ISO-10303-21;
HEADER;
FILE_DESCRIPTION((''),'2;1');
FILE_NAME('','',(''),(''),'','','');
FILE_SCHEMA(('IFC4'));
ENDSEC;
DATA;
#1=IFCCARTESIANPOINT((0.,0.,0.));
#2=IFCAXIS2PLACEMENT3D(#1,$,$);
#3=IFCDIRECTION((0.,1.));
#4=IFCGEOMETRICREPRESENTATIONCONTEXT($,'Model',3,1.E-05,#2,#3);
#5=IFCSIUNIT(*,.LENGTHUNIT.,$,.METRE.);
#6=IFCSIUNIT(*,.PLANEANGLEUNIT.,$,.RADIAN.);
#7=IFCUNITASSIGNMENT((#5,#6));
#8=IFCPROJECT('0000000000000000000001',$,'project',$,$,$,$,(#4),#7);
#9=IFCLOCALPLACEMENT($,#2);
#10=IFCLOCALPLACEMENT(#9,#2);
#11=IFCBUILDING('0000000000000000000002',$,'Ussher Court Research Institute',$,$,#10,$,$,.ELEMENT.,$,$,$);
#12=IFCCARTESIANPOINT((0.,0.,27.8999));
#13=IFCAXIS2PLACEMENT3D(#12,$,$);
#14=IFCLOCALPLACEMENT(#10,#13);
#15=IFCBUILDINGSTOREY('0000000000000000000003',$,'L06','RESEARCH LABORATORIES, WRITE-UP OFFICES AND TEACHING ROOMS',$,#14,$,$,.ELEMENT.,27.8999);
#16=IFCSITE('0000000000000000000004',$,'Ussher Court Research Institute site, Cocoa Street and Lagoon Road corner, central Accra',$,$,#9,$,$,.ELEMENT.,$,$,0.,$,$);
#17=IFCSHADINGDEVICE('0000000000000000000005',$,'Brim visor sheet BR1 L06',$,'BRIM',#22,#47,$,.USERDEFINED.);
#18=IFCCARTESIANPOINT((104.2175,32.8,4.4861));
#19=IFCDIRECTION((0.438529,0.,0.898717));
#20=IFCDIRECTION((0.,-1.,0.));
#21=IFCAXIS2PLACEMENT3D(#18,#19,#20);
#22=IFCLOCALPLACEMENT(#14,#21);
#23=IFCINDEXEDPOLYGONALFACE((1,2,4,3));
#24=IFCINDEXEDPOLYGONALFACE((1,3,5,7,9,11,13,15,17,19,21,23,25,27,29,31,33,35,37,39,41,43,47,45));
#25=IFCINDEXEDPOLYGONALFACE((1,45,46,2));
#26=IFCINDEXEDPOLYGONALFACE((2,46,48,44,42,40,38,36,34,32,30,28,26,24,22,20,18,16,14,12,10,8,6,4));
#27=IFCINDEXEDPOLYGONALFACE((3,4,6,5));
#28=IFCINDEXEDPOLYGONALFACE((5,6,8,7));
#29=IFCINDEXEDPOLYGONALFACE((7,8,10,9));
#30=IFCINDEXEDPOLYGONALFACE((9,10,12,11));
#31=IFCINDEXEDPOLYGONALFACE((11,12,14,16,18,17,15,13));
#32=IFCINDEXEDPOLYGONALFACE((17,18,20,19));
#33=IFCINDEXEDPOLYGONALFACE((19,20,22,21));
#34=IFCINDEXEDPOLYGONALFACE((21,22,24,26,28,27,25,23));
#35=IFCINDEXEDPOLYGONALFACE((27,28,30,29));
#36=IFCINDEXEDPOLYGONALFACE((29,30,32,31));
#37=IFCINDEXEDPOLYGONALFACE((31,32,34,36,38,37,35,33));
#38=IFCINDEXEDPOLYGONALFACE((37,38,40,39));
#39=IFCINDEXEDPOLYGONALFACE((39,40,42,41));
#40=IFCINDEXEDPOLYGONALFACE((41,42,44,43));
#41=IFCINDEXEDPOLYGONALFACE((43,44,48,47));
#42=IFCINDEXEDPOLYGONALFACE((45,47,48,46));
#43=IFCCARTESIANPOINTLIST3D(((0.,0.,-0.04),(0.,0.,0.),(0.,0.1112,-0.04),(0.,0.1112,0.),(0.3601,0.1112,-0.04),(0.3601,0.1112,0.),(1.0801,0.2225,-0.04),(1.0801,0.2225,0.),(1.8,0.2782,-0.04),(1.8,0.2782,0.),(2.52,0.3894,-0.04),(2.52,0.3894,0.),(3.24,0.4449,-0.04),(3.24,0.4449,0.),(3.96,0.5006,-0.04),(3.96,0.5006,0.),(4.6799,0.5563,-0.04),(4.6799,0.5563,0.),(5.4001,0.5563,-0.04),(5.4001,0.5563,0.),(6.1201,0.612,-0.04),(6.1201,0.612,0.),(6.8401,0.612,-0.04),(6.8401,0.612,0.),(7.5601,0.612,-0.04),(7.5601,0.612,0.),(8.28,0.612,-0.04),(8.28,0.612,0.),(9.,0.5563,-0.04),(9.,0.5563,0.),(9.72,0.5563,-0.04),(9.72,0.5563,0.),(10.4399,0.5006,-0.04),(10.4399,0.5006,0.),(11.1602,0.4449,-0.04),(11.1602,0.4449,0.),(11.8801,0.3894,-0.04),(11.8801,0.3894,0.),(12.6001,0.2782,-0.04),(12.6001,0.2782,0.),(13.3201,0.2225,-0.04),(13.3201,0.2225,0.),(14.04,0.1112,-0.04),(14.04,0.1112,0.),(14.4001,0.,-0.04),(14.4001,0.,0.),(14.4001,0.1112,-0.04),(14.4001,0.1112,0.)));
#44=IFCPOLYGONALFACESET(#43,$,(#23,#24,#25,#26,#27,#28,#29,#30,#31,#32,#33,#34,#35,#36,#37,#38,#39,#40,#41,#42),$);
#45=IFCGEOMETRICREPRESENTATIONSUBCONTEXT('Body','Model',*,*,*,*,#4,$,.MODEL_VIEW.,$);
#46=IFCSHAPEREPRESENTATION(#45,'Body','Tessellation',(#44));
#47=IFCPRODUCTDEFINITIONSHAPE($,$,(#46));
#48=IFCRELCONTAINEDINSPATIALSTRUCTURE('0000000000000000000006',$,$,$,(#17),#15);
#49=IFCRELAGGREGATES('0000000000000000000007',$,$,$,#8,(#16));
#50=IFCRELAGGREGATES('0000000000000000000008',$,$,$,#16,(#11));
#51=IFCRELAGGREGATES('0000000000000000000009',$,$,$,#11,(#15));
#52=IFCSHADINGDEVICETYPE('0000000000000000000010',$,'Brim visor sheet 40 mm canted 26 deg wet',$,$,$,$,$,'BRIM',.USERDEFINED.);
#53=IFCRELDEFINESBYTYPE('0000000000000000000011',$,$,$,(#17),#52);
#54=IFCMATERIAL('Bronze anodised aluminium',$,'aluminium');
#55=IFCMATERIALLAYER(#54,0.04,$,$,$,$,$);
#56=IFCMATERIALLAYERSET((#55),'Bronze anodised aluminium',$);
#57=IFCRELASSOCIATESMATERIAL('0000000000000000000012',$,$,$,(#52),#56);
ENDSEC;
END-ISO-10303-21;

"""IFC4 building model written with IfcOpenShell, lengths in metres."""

from ifc_helpers import new_model, si_unit, direction, frame, origin, place, context, subcontext, project, spatial, polyline, outline, extrude, material, layer, layer_set, type_object, element, save


model = new_model("IFC4")

# Units and contexts
model_context = context("Model", 3, precision=1e-05, world=origin(), true_north=direction((0.0, 1.0)))
body_context = subcontext(model_context, "Body", "Model", "MODEL_VIEW")
ifc_project = project(units=[si_unit("LENGTHUNIT", "METRE"), si_unit("PLANEANGLEUNIT", "RADIAN")], contexts=[model_context])

# Site, building, storey
site_placement = place(None, origin())
site = spatial("IfcSite", under=ifc_project, at=site_placement, Name="Ussher Court Research Institute site, Cocoa Street and Lagoon Road corner, central Accra", CompositionType="ELEMENT", RefElevation=0.0)
building_placement = place(site_placement, origin())
building = spatial("IfcBuilding", under=site, at=building_placement, Name="Ussher Court Research Institute", CompositionType="ELEMENT")
storey_placement = place(building_placement, frame((0.0, 0.0, 27.8999)))
storey = spatial("IfcBuildingStorey", under=building, at=storey_placement, Name="L06", Description="RESEARCH LABORATORIES, WRITE-UP OFFICES AND TEACHING ROOMS", CompositionType="ELEMENT", Elevation=27.8999)

# Shading device
ifc_material_1 = material(Name="Bronze anodised aluminium", Category="aluminium")
ifc_layer_1 = layer(ifc_material_1, 0.04)
ifc_layer_set_1 = layer_set([ifc_layer_1], Name="Bronze anodised aluminium")
shading_device_type_1 = type_object("IfcShadingDeviceType", Name="Brim visor sheet 40 mm canted 26 deg wet", ElementType="BRIM", PredefinedType="USERDEFINED", material=ifc_layer_set_1)
shading_device_1_placement = place(storey_placement, frame((104.2175, 32.8, 4.4861), z_axis=(0.438529, 0.0, 0.898717), x_axis=(0.0, -1.0, 0.0)))
element("IfcShadingDevice", 1, at=shading_device_1_placement, inside=storey, type_object=shading_device_type_1, Name="Brim visor sheet BR1 L06", ObjectType="BRIM", PredefinedType="USERDEFINED", context=body_context, shape_type="SweptSolid", body=[
    extrude(outline(polyline([(0.0, 0.0), (14.4001, 0.0), (14.4001, 0.1112), (14.04, 0.1112), (13.3201, 0.2225), (12.6001, 0.2782), (11.8801, 0.3894), (11.1602, 0.4449), (10.4399, 0.5006), (9.72, 0.5563), (9.0, 0.5563), (8.28, 0.612), (7.5601, 0.612), (6.8401, 0.612), (6.1201, 0.612), (5.4001, 0.5563), (4.6799, 0.5563), (3.96, 0.5006), (3.24, 0.4449), (2.52, 0.3894), (1.8, 0.2782), (1.0801, 0.2225), (0.3601, 0.1112), (0.0, 0.1112), (0.0, 0.0)])), origin(), (0.0, 0.0, -1.0), 0.04),
])

save(model, "model.ifc")
